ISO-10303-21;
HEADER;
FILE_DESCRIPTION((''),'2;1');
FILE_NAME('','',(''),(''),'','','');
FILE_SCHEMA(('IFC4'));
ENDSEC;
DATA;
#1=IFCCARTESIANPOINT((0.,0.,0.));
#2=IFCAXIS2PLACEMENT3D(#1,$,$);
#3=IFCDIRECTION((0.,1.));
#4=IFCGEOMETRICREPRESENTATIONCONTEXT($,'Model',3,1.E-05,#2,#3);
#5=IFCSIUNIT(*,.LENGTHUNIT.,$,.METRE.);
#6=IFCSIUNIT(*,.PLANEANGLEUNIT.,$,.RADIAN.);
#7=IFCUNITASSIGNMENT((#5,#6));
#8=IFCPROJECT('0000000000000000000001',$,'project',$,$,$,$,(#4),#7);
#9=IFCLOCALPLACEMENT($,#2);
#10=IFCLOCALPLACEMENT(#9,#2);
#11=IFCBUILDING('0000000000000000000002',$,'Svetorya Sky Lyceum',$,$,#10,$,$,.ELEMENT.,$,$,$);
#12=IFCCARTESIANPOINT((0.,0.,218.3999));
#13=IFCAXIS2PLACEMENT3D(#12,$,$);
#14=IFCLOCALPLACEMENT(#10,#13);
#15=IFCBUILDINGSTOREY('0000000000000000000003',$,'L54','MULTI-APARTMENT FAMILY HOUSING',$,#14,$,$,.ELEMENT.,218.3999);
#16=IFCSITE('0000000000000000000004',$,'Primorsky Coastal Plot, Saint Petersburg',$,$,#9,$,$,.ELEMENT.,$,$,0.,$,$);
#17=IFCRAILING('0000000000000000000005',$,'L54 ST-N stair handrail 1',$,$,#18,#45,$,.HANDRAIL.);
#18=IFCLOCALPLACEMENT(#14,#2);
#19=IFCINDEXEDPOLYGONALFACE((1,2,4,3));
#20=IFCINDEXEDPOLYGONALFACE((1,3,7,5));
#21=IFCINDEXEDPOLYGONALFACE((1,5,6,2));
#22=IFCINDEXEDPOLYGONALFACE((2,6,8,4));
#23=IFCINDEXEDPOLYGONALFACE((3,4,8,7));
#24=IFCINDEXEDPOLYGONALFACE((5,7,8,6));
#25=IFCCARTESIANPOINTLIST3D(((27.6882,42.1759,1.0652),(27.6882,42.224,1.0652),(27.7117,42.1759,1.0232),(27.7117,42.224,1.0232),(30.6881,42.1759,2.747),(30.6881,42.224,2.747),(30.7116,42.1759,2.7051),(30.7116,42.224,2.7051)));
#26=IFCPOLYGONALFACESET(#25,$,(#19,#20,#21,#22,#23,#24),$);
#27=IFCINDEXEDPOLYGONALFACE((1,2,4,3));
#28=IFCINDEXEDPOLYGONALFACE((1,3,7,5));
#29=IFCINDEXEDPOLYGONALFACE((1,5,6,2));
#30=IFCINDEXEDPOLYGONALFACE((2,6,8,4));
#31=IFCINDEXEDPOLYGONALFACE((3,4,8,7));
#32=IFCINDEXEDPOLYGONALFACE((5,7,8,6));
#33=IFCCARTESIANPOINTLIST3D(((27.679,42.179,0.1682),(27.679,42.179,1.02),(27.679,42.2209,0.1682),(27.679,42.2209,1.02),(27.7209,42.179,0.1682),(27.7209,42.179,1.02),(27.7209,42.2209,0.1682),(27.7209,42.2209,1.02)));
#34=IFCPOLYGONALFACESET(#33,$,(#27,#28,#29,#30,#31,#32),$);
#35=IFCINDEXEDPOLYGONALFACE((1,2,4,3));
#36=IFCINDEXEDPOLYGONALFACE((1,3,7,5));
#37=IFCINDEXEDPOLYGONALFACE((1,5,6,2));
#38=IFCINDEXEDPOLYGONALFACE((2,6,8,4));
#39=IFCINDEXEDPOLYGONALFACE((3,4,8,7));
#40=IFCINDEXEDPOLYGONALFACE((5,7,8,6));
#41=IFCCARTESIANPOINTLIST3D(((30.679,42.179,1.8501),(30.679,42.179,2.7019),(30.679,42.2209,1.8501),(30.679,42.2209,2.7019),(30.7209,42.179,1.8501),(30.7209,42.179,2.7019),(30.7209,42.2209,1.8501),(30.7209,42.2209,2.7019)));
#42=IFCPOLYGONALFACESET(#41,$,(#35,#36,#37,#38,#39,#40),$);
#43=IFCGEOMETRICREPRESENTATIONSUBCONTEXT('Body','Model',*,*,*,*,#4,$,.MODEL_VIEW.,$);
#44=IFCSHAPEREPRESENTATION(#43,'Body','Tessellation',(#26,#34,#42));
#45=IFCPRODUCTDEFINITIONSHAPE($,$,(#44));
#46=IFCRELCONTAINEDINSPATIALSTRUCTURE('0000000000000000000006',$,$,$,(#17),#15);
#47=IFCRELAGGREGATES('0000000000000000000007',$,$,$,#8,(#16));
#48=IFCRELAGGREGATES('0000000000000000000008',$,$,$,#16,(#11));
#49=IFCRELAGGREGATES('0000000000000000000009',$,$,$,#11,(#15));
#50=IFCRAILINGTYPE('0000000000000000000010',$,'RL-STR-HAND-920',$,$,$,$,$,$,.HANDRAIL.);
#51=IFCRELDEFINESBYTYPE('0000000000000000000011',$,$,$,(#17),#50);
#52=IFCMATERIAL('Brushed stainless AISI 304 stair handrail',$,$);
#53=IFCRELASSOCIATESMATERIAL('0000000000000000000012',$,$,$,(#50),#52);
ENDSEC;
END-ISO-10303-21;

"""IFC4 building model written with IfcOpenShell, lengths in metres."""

from ifc_helpers import new_model, si_unit, direction, frame, origin, origin_2d, place, context, subcontext, project, spatial, rectangle, extrude, material, type_object, element, save


model = new_model("IFC4")

# Units and contexts
model_context = context("Model", 3, precision=1e-05, world=origin(), true_north=direction((0.0, 1.0)))
body_context = subcontext(model_context, "Body", "Model", "MODEL_VIEW")
ifc_project = project(units=[si_unit("LENGTHUNIT", "METRE"), si_unit("PLANEANGLEUNIT", "RADIAN")], contexts=[model_context])

# Site, building, storey
site_placement = place(None, origin())
site = spatial("IfcSite", under=ifc_project, at=site_placement, Name="Primorsky Coastal Plot, Saint Petersburg", CompositionType="ELEMENT", RefElevation=0.0)
building_placement = place(site_placement, origin())
building = spatial("IfcBuilding", under=site, at=building_placement, Name="Svetorya Sky Lyceum", CompositionType="ELEMENT")
storey_placement = place(building_placement, frame((0.0, 0.0, 218.3999)))
storey = spatial("IfcBuildingStorey", under=building, at=storey_placement, Name="L54", Description="MULTI-APARTMENT FAMILY HOUSING", CompositionType="ELEMENT", Elevation=218.3999)

# Railing
ifc_material_1 = material(Name="Brushed stainless AISI 304 stair handrail")
railing_type = type_object("IfcRailingType", Name="RL-STR-HAND-920", PredefinedType="HANDRAIL", material=ifc_material_1)
railing_placement = place(storey_placement, frame((27.7, 42.2, 0.1682)))
element("IfcRailing", 1, at=railing_placement, inside=storey, type_object=railing_type, Name="L54 ST-N stair handrail 1", PredefinedType="HANDRAIL", context=body_context, shape_type="SweptSolid", body=[
    extrude(rectangle(XDim=0.0481, YDim=0.0481, at=origin_2d()), frame((0.0, 0.0, 0.876), z_axis=(0.872272, 0.0, 0.48902), x_axis=(0.0, 1.0, 0.0)), (0.0, 0.0, 1.0), 3.4392),
    extrude(rectangle(XDim=0.042, YDim=0.042, at=origin_2d()), origin(), (0.0, 0.0, 1.0), 0.8518),
    extrude(rectangle(XDim=0.042, YDim=0.042, at=origin_2d()), frame((3.0, 0.0, 1.6819)), (0.0, 0.0, 1.0), 0.8518),
])

save(model, "model.ifc")
